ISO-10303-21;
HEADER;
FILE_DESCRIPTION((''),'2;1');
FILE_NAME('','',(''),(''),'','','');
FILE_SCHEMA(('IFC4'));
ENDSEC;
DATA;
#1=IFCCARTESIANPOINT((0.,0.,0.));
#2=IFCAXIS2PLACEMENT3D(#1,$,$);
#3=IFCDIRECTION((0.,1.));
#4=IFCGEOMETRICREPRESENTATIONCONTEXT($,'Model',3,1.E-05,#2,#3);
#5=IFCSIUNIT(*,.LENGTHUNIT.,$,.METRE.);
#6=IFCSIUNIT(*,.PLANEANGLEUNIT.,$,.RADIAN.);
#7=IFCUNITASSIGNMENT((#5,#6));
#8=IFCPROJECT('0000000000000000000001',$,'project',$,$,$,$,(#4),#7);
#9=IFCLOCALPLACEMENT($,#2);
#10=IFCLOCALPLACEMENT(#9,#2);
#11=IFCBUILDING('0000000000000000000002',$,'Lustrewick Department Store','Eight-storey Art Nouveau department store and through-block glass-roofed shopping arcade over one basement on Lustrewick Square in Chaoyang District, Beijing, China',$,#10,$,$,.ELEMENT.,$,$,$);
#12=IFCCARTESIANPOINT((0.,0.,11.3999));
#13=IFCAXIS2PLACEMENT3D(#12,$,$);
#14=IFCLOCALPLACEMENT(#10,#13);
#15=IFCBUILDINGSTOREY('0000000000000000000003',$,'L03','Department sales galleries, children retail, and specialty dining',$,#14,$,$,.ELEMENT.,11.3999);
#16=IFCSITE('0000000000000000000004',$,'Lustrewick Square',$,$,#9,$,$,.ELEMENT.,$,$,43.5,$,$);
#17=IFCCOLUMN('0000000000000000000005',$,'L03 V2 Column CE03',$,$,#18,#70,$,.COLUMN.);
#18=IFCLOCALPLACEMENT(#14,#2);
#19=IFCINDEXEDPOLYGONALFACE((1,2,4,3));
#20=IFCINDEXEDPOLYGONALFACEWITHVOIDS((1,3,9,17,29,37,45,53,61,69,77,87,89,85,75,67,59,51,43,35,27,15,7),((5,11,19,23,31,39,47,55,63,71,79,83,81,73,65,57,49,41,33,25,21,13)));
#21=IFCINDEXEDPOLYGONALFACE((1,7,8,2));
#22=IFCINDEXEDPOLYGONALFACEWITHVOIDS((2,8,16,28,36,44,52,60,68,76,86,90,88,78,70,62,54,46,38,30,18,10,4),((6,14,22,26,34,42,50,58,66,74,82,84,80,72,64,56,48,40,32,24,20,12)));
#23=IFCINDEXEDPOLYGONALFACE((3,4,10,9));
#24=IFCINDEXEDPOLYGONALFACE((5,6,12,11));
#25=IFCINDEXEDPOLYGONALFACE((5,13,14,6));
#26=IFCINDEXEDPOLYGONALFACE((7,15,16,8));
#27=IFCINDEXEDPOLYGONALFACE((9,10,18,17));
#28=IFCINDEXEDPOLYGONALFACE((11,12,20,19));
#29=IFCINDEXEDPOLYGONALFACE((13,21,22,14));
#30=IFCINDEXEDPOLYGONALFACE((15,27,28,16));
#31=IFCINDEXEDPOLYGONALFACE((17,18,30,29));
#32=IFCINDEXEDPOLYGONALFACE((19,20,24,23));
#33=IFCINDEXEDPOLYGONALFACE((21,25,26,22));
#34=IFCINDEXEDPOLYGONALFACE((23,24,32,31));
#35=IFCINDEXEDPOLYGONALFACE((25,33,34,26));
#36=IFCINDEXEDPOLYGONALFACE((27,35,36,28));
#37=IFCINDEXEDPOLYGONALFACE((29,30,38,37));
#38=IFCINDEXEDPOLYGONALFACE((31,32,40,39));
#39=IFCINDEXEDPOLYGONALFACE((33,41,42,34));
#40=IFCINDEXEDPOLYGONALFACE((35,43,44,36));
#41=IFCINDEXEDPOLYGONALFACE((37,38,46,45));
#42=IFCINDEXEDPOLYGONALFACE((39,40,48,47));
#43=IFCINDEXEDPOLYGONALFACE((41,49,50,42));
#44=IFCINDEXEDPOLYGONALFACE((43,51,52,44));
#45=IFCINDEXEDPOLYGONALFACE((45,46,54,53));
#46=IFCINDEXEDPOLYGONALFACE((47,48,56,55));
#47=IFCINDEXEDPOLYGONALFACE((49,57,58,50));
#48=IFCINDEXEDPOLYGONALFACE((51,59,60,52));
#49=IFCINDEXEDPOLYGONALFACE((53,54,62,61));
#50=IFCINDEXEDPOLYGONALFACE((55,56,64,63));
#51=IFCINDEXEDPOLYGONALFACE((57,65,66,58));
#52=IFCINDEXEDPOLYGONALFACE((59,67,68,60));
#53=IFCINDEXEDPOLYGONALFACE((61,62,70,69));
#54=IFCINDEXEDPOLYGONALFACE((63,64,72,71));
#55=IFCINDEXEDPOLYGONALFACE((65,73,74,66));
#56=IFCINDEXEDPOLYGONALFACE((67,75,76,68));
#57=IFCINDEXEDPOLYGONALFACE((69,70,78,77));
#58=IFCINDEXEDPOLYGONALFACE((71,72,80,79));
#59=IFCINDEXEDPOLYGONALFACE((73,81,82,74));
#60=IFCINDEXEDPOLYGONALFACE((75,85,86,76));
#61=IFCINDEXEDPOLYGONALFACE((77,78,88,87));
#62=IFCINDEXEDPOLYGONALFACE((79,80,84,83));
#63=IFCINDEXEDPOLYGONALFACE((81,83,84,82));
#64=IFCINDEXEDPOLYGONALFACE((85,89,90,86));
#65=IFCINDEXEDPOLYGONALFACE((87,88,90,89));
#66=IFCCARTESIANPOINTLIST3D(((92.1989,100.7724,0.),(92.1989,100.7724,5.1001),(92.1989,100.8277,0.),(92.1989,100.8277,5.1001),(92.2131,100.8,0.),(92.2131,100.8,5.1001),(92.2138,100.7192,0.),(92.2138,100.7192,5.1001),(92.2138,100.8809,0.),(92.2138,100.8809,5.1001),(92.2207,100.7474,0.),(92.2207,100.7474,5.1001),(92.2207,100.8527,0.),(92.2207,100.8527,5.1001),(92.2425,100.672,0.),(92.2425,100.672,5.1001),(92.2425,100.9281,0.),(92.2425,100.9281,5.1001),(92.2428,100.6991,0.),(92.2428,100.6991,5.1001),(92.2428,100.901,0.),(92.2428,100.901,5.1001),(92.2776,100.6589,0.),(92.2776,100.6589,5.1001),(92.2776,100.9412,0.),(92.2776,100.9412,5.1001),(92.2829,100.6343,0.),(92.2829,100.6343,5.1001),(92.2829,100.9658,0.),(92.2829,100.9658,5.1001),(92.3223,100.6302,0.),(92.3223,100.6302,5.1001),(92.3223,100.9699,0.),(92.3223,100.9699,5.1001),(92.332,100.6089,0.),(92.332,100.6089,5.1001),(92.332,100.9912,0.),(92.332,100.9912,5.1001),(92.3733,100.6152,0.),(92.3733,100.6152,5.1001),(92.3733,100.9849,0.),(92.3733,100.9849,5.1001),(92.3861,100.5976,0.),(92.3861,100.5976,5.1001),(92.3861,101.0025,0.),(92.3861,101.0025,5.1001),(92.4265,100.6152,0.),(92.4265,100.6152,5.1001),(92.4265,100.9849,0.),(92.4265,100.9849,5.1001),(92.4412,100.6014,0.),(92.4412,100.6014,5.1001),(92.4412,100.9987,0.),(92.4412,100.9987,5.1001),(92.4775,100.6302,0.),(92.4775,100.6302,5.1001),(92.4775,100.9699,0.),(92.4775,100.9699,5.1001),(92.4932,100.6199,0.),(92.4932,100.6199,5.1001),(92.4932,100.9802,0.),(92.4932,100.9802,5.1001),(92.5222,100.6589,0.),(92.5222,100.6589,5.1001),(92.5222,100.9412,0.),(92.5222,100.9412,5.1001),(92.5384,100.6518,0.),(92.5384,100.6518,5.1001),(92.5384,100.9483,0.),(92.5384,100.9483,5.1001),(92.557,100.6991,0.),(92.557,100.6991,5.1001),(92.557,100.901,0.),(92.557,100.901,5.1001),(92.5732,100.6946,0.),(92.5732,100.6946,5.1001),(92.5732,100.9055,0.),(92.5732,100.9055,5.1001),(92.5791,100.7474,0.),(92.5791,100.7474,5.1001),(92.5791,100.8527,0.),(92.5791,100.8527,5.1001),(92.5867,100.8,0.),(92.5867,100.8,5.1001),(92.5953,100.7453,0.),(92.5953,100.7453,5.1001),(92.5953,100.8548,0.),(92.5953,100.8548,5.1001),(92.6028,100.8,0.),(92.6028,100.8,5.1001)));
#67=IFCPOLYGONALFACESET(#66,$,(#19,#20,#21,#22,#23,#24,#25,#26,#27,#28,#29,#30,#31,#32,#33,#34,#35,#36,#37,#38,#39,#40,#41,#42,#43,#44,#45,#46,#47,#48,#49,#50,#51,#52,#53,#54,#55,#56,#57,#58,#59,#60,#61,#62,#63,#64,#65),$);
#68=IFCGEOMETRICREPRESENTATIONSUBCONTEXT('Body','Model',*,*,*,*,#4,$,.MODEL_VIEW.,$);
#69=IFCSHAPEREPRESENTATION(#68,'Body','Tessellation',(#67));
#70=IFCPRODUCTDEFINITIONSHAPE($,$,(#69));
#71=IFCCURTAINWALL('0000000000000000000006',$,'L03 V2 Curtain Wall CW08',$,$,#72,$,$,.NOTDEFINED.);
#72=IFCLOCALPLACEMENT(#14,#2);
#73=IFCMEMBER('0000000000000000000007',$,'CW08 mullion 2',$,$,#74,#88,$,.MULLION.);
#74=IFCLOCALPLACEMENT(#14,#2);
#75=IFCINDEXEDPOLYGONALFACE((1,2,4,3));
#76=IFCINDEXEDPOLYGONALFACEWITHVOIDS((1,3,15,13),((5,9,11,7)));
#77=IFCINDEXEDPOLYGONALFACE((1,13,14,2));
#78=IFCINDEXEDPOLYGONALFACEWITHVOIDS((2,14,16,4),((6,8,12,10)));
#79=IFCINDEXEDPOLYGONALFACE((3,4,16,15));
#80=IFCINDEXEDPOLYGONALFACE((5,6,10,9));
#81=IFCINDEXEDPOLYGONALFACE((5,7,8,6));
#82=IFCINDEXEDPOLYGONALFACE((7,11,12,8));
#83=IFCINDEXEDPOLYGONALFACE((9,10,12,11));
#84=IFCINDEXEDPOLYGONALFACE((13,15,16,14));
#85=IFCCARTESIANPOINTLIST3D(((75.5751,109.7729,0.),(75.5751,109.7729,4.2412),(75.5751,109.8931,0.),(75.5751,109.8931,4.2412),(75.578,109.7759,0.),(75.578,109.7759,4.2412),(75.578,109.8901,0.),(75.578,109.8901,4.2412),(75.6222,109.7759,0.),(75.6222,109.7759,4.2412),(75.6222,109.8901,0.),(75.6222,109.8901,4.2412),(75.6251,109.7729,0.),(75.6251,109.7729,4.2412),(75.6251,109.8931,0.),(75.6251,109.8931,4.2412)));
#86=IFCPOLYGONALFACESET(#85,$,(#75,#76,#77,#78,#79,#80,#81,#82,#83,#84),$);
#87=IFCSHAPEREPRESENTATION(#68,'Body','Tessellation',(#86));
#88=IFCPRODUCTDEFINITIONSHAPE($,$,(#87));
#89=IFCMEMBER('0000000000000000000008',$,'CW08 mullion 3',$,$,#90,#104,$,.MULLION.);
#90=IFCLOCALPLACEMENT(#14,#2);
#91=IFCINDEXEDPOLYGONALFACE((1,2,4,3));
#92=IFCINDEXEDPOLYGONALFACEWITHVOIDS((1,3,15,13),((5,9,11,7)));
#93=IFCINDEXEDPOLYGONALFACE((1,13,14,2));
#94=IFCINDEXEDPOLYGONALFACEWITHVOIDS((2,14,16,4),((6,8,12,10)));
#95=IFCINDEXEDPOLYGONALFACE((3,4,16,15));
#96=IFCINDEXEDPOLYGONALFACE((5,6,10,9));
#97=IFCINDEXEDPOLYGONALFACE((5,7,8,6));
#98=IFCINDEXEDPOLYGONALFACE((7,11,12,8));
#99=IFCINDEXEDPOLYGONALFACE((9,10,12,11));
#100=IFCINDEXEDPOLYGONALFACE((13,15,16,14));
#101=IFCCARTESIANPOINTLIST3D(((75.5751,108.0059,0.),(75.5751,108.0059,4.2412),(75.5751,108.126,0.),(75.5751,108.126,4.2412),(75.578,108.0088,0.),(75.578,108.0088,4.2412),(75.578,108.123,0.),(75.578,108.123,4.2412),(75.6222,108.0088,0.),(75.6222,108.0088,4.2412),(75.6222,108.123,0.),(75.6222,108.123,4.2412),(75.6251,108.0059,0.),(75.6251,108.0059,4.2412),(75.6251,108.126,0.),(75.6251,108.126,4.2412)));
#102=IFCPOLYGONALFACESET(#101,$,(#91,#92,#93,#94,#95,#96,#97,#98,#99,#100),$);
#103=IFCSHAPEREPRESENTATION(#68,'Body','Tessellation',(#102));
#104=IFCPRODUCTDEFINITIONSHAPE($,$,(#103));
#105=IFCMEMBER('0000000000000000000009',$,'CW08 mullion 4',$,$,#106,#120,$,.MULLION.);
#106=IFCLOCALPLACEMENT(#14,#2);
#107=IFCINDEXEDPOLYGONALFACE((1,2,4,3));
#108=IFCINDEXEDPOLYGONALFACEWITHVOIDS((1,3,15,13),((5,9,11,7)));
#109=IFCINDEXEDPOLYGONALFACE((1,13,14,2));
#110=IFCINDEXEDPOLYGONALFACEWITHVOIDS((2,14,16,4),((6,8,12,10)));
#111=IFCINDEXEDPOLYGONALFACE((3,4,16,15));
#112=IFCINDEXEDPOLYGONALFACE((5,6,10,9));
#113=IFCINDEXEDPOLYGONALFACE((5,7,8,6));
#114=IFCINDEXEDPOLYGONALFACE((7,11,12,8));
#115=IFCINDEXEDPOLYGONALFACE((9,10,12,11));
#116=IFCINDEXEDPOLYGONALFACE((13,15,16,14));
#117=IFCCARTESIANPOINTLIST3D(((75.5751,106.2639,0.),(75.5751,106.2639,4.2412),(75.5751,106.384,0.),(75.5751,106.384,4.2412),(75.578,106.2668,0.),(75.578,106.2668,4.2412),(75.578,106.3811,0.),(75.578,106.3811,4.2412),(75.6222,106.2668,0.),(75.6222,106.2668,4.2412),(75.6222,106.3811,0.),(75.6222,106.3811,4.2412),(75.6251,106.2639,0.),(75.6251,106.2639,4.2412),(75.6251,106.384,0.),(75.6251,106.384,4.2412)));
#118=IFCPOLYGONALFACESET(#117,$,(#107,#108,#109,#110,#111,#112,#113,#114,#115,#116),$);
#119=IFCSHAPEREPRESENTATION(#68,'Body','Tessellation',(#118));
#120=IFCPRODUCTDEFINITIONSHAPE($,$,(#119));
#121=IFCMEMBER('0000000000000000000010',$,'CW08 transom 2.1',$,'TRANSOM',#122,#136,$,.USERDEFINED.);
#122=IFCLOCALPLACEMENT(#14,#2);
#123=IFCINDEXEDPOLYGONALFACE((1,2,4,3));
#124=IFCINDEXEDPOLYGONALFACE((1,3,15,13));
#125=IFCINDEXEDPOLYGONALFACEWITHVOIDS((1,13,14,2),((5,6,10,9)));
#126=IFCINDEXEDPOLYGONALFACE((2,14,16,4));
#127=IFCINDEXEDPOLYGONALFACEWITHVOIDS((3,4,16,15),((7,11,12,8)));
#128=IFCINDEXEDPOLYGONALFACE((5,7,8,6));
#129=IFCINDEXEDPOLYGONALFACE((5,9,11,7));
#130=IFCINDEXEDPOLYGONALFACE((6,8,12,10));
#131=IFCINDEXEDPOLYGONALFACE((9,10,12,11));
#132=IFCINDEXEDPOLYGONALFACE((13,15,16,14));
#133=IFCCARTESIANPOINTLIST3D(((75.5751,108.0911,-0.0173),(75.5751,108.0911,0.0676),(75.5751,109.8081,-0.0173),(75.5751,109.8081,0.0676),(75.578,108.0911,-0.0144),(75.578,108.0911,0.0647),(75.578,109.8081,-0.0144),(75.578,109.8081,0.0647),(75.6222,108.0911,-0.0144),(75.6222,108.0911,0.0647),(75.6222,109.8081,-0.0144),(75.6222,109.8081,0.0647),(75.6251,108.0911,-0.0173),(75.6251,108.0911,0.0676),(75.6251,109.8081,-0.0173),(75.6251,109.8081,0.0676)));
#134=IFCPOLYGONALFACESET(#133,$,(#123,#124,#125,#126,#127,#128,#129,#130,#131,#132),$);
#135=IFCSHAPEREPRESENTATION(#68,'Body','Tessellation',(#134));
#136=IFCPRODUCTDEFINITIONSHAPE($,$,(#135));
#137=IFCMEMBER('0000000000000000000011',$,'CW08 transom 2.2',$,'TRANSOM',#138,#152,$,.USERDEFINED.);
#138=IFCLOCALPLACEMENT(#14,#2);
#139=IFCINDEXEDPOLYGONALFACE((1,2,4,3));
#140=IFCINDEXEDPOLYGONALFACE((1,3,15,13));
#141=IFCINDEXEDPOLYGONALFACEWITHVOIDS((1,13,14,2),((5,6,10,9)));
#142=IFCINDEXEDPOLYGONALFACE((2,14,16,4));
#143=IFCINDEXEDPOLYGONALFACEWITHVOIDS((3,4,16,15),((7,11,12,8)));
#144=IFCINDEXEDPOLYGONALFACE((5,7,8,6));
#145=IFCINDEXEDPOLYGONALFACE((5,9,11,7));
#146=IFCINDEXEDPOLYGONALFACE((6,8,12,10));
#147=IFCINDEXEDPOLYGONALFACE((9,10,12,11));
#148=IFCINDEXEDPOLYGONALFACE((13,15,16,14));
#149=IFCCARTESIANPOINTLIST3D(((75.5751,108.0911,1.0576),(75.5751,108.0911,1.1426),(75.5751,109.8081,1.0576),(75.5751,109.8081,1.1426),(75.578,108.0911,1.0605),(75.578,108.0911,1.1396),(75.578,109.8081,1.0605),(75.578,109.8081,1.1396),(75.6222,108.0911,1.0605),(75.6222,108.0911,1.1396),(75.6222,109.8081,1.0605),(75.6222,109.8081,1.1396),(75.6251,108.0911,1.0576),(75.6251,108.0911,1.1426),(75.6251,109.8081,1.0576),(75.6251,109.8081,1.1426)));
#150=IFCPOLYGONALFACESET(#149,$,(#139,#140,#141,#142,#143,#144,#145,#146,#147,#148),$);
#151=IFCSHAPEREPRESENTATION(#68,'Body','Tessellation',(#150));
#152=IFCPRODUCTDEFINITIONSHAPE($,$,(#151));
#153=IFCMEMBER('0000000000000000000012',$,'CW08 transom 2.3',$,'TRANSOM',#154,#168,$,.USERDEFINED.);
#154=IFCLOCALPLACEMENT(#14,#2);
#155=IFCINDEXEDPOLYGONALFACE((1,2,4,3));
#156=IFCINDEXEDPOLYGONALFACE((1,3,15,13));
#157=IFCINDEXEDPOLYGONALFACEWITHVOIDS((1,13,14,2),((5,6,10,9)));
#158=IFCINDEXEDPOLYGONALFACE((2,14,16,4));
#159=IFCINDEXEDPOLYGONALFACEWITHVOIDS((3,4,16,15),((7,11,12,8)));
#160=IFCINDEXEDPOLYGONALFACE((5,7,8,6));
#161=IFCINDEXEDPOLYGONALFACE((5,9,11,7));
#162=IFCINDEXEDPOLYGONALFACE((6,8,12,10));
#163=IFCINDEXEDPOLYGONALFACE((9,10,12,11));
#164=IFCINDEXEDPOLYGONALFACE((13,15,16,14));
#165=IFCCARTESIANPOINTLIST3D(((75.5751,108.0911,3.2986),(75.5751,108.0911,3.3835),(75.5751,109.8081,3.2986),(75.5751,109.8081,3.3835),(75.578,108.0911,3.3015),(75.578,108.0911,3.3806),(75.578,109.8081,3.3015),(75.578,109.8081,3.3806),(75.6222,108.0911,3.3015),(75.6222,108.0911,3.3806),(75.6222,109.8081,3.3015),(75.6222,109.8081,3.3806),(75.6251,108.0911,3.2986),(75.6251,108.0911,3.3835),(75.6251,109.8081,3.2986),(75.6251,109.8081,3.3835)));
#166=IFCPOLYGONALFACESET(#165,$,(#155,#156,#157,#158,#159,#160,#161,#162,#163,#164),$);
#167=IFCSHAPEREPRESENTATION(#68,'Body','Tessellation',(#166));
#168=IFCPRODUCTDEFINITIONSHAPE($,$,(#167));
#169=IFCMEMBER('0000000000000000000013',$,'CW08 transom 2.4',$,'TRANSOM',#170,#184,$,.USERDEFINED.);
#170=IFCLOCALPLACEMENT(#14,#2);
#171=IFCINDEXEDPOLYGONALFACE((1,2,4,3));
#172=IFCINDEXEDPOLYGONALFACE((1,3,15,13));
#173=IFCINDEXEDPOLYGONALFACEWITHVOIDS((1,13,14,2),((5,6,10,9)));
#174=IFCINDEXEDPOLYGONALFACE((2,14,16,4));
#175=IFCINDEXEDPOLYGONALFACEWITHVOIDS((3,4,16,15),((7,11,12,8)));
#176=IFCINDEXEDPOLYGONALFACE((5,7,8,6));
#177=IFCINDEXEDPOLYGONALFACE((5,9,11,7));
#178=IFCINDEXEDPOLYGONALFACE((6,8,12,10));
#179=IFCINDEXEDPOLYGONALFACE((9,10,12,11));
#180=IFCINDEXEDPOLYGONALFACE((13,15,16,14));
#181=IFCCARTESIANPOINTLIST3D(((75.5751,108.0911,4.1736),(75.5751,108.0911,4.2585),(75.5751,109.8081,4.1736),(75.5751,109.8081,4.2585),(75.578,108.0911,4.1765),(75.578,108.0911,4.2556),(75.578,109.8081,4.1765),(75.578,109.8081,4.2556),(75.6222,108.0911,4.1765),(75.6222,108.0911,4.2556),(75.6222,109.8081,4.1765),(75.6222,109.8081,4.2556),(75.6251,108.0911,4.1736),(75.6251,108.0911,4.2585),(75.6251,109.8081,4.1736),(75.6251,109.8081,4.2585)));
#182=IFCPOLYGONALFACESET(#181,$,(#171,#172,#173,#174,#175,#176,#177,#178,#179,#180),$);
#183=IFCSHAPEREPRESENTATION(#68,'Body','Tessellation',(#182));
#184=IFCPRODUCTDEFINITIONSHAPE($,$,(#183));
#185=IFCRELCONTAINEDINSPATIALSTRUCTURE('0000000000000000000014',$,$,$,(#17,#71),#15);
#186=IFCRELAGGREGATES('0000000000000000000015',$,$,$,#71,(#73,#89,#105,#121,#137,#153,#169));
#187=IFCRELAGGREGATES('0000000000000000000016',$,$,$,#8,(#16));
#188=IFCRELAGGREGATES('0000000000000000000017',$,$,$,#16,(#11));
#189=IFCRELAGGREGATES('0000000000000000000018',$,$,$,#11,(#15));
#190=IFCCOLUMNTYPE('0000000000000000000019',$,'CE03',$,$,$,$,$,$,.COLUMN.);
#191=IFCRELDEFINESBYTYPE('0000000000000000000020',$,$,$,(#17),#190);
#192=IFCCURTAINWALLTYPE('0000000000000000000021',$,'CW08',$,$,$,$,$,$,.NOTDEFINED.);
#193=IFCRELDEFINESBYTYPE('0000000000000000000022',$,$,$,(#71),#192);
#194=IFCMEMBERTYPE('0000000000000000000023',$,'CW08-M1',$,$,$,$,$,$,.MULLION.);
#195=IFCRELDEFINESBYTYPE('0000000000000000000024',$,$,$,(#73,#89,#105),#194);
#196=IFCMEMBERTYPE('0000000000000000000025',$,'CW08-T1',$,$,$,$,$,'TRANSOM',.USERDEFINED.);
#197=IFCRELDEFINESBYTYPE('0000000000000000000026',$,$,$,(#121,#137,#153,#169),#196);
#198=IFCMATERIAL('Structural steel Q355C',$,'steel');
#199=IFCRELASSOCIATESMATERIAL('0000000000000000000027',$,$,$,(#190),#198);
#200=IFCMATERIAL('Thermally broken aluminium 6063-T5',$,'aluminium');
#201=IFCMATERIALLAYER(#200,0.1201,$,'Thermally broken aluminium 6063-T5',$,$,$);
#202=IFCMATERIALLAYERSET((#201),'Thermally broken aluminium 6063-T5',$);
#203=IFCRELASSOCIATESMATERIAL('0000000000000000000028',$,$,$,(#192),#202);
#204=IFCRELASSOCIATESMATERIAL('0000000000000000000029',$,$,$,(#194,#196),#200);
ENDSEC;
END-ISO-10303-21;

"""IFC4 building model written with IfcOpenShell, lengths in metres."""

from ifc_helpers import new_model, si_unit, direction, frame, origin, origin_2d, place, context, subcontext, project, spatial, hollow_rectangle, hollow_circle, extrude, material, layer, layer_set, material_profile, profile_set, type_object, element, aggregate, save


model = new_model("IFC4")

# Units and contexts
model_context = context("Model", 3, precision=1e-05, world=origin(), true_north=direction((0.0, 1.0)))
body_context = subcontext(model_context, "Body", "Model", "MODEL_VIEW")
ifc_project = project(units=[si_unit("LENGTHUNIT", "METRE"), si_unit("PLANEANGLEUNIT", "RADIAN")], contexts=[model_context])

# Site, building, storey
site_placement = place(None, origin())
site = spatial("IfcSite", under=ifc_project, at=site_placement, Name="Lustrewick Square", CompositionType="ELEMENT", RefElevation=43.5)
building_placement = place(site_placement, origin())
building = spatial("IfcBuilding", under=site, at=building_placement, Name="Lustrewick Department Store", Description="Eight-storey Art Nouveau department store and through-block glass-roofed shopping arcade over one basement on Lustrewick Square in Chaoyang District, Beijing, China", CompositionType="ELEMENT")
storey_placement = place(building_placement, frame((0.0, 0.0, 11.3999)))
storey = spatial("IfcBuildingStorey", under=building, at=storey_placement, Name="L03", Description="Department sales galleries, children retail, and specialty dining", CompositionType="ELEMENT", Elevation=11.3999)

# Column
ifc_material_1 = material(Name="Structural steel Q355C", Category="steel")
ifc_material_profile_1 = material_profile(ifc_material_1, hollow_circle(Radius=0.2029, WallThickness=0.0161, at=origin_2d()), Name="CHS 406x16")
ifc_profile_set_1 = profile_set([ifc_material_profile_1], Name="Structural steel Q355C")
column_type = type_object("IfcColumnType", Name="CE03", PredefinedType="COLUMN", material=ifc_profile_set_1)
column_placement = place(storey_placement, frame((92.3999, 100.8, 0.0), z_axis=(0.0, 0.0, 1.0), x_axis=(1.0, 0.0, 0.0)))
element("IfcColumn", 1, at=column_placement, inside=storey, type_object=column_type, Name="L03 V2 Column CE03", PredefinedType="COLUMN", context=body_context, shape_type="SweptSolid", body=[
    extrude(hollow_circle(Radius=0.2029, WallThickness=0.0161, at=origin_2d()), origin(), (0.0, 0.0, 1.0), 5.1001),
])

# Curtain wall, members
ifc_material_2 = material(Name="Thermally broken aluminium 6063-T5", Category="aluminium")
ifc_layer_1 = layer(ifc_material_2, 0.1201, Name="Thermally broken aluminium 6063-T5")
ifc_layer_set_1 = layer_set([ifc_layer_1], Name="Thermally broken aluminium 6063-T5")
curtain_wall_type = type_object("IfcCurtainWallType", Name="CW08", PredefinedType="NOTDEFINED", material=ifc_layer_set_1)
curtain_wall_placement = place(storey_placement, origin())
curtain_wall = element("IfcCurtainWall", 2, at=curtain_wall_placement, inside=storey, type_object=curtain_wall_type, Name="L03 V2 Curtain Wall CW08", PredefinedType="NOTDEFINED")
ifc_material_profile_2 = material_profile(ifc_material_2, hollow_rectangle(XDim=0.05, YDim=0.1201, WallThickness=0.0029, at=origin_2d()), Name="ALU-M 50x120x3")
ifc_profile_set_2 = profile_set([ifc_material_profile_2], Name="Thermally broken aluminium 6063-T5")
member_type_1 = type_object("IfcMemberType", Name="CW08-M1", PredefinedType="MULLION", material=ifc_profile_set_2)
member_1_placement = place(storey_placement, frame((75.6001, 109.833, 0.0), z_axis=(0.0, 0.0, 1.0), x_axis=(1.0, 0.0, 0.0)))
member_1 = element("IfcMember", 3, at=member_1_placement, type_object=member_type_1, Name="CW08 mullion 2", PredefinedType="MULLION", context=body_context, shape_type="SweptSolid", body=[
    extrude(hollow_rectangle(XDim=0.05, YDim=0.1201, WallThickness=0.0029, at=origin_2d()), origin(), (0.0, 0.0, 1.0), 4.2412),
])
member_2_placement = place(storey_placement, frame((75.6001, 108.0659, 0.0), z_axis=(0.0, 0.0, 1.0), x_axis=(1.0, 0.0, 0.0)))
member_2 = element("IfcMember", 4, at=member_2_placement, type_object=member_type_1, Name="CW08 mullion 3", PredefinedType="MULLION", context=body_context, shape_type="SweptSolid", body=[
    extrude(hollow_rectangle(XDim=0.05, YDim=0.1201, WallThickness=0.0029, at=origin_2d()), origin(), (0.0, 0.0, 1.0), 4.2412),
])
member_3_placement = place(storey_placement, frame((75.6001, 106.324, 0.0), z_axis=(0.0, 0.0, 1.0), x_axis=(1.0, 0.0, 0.0)))
member_3 = element("IfcMember", 5, at=member_3_placement, type_object=member_type_1, Name="CW08 mullion 4", PredefinedType="MULLION", context=body_context, shape_type="SweptSolid", body=[
    extrude(hollow_rectangle(XDim=0.05, YDim=0.1201, WallThickness=0.0029, at=origin_2d()), origin(), (0.0, 0.0, 1.0), 4.2412),
])
ifc_material_profile_3 = material_profile(ifc_material_2, hollow_rectangle(XDim=0.05, YDim=0.085, WallThickness=0.0029, at=origin_2d()), Name="ALU-T 50x85x3")
ifc_profile_set_3 = profile_set([ifc_material_profile_3], Name="Thermally broken aluminium 6063-T5")
member_type_2 = type_object("IfcMemberType", Name="CW08-T1", ElementType="TRANSOM", PredefinedType="USERDEFINED", material=ifc_profile_set_3)
member_4_placement = place(storey_placement, frame((75.6001, 109.8081, 0.0251), z_axis=(0.0, -1.0, 0.0), x_axis=(1.0, 0.0, 0.0)))
member_4 = element("IfcMember", 6, at=member_4_placement, type_object=member_type_2, Name="CW08 transom 2.1", ObjectType="TRANSOM", PredefinedType="USERDEFINED", context=body_context, shape_type="SweptSolid", body=[
    extrude(hollow_rectangle(XDim=0.05, YDim=0.085, WallThickness=0.0029, at=origin_2d()), origin(), (0.0, 0.0, 1.0), 1.717),
])
member_5_placement = place(storey_placement, frame((75.6001, 109.8081, 1.1001), z_axis=(0.0, -1.0, 0.0), x_axis=(1.0, 0.0, 0.0)))
member_5 = element("IfcMember", 7, at=member_5_placement, type_object=member_type_2, Name="CW08 transom 2.2", ObjectType="TRANSOM", PredefinedType="USERDEFINED", context=body_context, shape_type="SweptSolid", body=[
    extrude(hollow_rectangle(XDim=0.05, YDim=0.085, WallThickness=0.0029, at=origin_2d()), origin(), (0.0, 0.0, 1.0), 1.717),
])
member_6_placement = place(storey_placement, frame((75.6001, 109.8081, 3.3411), z_axis=(0.0, -1.0, 0.0), x_axis=(1.0, 0.0, 0.0)))
member_6 = element("IfcMember", 8, at=member_6_placement, type_object=member_type_2, Name="CW08 transom 2.3", ObjectType="TRANSOM", PredefinedType="USERDEFINED", context=body_context, shape_type="SweptSolid", body=[
    extrude(hollow_rectangle(XDim=0.05, YDim=0.085, WallThickness=0.0029, at=origin_2d()), origin(), (0.0, 0.0, 1.0), 1.717),
])
member_7_placement = place(storey_placement, frame((75.6001, 109.8081, 4.2161), z_axis=(0.0, -1.0, 0.0), x_axis=(1.0, 0.0, 0.0)))
member_7 = element("IfcMember", 9, at=member_7_placement, type_object=member_type_2, Name="CW08 transom 2.4", ObjectType="TRANSOM", PredefinedType="USERDEFINED", context=body_context, shape_type="SweptSolid", body=[
    extrude(hollow_rectangle(XDim=0.05, YDim=0.085, WallThickness=0.0029, at=origin_2d()), origin(), (0.0, 0.0, 1.0), 1.717),
])

aggregate(curtain_wall, [member_1, member_2, member_3, member_4, member_5, member_6, member_7])

save(model, "model.ifc")
